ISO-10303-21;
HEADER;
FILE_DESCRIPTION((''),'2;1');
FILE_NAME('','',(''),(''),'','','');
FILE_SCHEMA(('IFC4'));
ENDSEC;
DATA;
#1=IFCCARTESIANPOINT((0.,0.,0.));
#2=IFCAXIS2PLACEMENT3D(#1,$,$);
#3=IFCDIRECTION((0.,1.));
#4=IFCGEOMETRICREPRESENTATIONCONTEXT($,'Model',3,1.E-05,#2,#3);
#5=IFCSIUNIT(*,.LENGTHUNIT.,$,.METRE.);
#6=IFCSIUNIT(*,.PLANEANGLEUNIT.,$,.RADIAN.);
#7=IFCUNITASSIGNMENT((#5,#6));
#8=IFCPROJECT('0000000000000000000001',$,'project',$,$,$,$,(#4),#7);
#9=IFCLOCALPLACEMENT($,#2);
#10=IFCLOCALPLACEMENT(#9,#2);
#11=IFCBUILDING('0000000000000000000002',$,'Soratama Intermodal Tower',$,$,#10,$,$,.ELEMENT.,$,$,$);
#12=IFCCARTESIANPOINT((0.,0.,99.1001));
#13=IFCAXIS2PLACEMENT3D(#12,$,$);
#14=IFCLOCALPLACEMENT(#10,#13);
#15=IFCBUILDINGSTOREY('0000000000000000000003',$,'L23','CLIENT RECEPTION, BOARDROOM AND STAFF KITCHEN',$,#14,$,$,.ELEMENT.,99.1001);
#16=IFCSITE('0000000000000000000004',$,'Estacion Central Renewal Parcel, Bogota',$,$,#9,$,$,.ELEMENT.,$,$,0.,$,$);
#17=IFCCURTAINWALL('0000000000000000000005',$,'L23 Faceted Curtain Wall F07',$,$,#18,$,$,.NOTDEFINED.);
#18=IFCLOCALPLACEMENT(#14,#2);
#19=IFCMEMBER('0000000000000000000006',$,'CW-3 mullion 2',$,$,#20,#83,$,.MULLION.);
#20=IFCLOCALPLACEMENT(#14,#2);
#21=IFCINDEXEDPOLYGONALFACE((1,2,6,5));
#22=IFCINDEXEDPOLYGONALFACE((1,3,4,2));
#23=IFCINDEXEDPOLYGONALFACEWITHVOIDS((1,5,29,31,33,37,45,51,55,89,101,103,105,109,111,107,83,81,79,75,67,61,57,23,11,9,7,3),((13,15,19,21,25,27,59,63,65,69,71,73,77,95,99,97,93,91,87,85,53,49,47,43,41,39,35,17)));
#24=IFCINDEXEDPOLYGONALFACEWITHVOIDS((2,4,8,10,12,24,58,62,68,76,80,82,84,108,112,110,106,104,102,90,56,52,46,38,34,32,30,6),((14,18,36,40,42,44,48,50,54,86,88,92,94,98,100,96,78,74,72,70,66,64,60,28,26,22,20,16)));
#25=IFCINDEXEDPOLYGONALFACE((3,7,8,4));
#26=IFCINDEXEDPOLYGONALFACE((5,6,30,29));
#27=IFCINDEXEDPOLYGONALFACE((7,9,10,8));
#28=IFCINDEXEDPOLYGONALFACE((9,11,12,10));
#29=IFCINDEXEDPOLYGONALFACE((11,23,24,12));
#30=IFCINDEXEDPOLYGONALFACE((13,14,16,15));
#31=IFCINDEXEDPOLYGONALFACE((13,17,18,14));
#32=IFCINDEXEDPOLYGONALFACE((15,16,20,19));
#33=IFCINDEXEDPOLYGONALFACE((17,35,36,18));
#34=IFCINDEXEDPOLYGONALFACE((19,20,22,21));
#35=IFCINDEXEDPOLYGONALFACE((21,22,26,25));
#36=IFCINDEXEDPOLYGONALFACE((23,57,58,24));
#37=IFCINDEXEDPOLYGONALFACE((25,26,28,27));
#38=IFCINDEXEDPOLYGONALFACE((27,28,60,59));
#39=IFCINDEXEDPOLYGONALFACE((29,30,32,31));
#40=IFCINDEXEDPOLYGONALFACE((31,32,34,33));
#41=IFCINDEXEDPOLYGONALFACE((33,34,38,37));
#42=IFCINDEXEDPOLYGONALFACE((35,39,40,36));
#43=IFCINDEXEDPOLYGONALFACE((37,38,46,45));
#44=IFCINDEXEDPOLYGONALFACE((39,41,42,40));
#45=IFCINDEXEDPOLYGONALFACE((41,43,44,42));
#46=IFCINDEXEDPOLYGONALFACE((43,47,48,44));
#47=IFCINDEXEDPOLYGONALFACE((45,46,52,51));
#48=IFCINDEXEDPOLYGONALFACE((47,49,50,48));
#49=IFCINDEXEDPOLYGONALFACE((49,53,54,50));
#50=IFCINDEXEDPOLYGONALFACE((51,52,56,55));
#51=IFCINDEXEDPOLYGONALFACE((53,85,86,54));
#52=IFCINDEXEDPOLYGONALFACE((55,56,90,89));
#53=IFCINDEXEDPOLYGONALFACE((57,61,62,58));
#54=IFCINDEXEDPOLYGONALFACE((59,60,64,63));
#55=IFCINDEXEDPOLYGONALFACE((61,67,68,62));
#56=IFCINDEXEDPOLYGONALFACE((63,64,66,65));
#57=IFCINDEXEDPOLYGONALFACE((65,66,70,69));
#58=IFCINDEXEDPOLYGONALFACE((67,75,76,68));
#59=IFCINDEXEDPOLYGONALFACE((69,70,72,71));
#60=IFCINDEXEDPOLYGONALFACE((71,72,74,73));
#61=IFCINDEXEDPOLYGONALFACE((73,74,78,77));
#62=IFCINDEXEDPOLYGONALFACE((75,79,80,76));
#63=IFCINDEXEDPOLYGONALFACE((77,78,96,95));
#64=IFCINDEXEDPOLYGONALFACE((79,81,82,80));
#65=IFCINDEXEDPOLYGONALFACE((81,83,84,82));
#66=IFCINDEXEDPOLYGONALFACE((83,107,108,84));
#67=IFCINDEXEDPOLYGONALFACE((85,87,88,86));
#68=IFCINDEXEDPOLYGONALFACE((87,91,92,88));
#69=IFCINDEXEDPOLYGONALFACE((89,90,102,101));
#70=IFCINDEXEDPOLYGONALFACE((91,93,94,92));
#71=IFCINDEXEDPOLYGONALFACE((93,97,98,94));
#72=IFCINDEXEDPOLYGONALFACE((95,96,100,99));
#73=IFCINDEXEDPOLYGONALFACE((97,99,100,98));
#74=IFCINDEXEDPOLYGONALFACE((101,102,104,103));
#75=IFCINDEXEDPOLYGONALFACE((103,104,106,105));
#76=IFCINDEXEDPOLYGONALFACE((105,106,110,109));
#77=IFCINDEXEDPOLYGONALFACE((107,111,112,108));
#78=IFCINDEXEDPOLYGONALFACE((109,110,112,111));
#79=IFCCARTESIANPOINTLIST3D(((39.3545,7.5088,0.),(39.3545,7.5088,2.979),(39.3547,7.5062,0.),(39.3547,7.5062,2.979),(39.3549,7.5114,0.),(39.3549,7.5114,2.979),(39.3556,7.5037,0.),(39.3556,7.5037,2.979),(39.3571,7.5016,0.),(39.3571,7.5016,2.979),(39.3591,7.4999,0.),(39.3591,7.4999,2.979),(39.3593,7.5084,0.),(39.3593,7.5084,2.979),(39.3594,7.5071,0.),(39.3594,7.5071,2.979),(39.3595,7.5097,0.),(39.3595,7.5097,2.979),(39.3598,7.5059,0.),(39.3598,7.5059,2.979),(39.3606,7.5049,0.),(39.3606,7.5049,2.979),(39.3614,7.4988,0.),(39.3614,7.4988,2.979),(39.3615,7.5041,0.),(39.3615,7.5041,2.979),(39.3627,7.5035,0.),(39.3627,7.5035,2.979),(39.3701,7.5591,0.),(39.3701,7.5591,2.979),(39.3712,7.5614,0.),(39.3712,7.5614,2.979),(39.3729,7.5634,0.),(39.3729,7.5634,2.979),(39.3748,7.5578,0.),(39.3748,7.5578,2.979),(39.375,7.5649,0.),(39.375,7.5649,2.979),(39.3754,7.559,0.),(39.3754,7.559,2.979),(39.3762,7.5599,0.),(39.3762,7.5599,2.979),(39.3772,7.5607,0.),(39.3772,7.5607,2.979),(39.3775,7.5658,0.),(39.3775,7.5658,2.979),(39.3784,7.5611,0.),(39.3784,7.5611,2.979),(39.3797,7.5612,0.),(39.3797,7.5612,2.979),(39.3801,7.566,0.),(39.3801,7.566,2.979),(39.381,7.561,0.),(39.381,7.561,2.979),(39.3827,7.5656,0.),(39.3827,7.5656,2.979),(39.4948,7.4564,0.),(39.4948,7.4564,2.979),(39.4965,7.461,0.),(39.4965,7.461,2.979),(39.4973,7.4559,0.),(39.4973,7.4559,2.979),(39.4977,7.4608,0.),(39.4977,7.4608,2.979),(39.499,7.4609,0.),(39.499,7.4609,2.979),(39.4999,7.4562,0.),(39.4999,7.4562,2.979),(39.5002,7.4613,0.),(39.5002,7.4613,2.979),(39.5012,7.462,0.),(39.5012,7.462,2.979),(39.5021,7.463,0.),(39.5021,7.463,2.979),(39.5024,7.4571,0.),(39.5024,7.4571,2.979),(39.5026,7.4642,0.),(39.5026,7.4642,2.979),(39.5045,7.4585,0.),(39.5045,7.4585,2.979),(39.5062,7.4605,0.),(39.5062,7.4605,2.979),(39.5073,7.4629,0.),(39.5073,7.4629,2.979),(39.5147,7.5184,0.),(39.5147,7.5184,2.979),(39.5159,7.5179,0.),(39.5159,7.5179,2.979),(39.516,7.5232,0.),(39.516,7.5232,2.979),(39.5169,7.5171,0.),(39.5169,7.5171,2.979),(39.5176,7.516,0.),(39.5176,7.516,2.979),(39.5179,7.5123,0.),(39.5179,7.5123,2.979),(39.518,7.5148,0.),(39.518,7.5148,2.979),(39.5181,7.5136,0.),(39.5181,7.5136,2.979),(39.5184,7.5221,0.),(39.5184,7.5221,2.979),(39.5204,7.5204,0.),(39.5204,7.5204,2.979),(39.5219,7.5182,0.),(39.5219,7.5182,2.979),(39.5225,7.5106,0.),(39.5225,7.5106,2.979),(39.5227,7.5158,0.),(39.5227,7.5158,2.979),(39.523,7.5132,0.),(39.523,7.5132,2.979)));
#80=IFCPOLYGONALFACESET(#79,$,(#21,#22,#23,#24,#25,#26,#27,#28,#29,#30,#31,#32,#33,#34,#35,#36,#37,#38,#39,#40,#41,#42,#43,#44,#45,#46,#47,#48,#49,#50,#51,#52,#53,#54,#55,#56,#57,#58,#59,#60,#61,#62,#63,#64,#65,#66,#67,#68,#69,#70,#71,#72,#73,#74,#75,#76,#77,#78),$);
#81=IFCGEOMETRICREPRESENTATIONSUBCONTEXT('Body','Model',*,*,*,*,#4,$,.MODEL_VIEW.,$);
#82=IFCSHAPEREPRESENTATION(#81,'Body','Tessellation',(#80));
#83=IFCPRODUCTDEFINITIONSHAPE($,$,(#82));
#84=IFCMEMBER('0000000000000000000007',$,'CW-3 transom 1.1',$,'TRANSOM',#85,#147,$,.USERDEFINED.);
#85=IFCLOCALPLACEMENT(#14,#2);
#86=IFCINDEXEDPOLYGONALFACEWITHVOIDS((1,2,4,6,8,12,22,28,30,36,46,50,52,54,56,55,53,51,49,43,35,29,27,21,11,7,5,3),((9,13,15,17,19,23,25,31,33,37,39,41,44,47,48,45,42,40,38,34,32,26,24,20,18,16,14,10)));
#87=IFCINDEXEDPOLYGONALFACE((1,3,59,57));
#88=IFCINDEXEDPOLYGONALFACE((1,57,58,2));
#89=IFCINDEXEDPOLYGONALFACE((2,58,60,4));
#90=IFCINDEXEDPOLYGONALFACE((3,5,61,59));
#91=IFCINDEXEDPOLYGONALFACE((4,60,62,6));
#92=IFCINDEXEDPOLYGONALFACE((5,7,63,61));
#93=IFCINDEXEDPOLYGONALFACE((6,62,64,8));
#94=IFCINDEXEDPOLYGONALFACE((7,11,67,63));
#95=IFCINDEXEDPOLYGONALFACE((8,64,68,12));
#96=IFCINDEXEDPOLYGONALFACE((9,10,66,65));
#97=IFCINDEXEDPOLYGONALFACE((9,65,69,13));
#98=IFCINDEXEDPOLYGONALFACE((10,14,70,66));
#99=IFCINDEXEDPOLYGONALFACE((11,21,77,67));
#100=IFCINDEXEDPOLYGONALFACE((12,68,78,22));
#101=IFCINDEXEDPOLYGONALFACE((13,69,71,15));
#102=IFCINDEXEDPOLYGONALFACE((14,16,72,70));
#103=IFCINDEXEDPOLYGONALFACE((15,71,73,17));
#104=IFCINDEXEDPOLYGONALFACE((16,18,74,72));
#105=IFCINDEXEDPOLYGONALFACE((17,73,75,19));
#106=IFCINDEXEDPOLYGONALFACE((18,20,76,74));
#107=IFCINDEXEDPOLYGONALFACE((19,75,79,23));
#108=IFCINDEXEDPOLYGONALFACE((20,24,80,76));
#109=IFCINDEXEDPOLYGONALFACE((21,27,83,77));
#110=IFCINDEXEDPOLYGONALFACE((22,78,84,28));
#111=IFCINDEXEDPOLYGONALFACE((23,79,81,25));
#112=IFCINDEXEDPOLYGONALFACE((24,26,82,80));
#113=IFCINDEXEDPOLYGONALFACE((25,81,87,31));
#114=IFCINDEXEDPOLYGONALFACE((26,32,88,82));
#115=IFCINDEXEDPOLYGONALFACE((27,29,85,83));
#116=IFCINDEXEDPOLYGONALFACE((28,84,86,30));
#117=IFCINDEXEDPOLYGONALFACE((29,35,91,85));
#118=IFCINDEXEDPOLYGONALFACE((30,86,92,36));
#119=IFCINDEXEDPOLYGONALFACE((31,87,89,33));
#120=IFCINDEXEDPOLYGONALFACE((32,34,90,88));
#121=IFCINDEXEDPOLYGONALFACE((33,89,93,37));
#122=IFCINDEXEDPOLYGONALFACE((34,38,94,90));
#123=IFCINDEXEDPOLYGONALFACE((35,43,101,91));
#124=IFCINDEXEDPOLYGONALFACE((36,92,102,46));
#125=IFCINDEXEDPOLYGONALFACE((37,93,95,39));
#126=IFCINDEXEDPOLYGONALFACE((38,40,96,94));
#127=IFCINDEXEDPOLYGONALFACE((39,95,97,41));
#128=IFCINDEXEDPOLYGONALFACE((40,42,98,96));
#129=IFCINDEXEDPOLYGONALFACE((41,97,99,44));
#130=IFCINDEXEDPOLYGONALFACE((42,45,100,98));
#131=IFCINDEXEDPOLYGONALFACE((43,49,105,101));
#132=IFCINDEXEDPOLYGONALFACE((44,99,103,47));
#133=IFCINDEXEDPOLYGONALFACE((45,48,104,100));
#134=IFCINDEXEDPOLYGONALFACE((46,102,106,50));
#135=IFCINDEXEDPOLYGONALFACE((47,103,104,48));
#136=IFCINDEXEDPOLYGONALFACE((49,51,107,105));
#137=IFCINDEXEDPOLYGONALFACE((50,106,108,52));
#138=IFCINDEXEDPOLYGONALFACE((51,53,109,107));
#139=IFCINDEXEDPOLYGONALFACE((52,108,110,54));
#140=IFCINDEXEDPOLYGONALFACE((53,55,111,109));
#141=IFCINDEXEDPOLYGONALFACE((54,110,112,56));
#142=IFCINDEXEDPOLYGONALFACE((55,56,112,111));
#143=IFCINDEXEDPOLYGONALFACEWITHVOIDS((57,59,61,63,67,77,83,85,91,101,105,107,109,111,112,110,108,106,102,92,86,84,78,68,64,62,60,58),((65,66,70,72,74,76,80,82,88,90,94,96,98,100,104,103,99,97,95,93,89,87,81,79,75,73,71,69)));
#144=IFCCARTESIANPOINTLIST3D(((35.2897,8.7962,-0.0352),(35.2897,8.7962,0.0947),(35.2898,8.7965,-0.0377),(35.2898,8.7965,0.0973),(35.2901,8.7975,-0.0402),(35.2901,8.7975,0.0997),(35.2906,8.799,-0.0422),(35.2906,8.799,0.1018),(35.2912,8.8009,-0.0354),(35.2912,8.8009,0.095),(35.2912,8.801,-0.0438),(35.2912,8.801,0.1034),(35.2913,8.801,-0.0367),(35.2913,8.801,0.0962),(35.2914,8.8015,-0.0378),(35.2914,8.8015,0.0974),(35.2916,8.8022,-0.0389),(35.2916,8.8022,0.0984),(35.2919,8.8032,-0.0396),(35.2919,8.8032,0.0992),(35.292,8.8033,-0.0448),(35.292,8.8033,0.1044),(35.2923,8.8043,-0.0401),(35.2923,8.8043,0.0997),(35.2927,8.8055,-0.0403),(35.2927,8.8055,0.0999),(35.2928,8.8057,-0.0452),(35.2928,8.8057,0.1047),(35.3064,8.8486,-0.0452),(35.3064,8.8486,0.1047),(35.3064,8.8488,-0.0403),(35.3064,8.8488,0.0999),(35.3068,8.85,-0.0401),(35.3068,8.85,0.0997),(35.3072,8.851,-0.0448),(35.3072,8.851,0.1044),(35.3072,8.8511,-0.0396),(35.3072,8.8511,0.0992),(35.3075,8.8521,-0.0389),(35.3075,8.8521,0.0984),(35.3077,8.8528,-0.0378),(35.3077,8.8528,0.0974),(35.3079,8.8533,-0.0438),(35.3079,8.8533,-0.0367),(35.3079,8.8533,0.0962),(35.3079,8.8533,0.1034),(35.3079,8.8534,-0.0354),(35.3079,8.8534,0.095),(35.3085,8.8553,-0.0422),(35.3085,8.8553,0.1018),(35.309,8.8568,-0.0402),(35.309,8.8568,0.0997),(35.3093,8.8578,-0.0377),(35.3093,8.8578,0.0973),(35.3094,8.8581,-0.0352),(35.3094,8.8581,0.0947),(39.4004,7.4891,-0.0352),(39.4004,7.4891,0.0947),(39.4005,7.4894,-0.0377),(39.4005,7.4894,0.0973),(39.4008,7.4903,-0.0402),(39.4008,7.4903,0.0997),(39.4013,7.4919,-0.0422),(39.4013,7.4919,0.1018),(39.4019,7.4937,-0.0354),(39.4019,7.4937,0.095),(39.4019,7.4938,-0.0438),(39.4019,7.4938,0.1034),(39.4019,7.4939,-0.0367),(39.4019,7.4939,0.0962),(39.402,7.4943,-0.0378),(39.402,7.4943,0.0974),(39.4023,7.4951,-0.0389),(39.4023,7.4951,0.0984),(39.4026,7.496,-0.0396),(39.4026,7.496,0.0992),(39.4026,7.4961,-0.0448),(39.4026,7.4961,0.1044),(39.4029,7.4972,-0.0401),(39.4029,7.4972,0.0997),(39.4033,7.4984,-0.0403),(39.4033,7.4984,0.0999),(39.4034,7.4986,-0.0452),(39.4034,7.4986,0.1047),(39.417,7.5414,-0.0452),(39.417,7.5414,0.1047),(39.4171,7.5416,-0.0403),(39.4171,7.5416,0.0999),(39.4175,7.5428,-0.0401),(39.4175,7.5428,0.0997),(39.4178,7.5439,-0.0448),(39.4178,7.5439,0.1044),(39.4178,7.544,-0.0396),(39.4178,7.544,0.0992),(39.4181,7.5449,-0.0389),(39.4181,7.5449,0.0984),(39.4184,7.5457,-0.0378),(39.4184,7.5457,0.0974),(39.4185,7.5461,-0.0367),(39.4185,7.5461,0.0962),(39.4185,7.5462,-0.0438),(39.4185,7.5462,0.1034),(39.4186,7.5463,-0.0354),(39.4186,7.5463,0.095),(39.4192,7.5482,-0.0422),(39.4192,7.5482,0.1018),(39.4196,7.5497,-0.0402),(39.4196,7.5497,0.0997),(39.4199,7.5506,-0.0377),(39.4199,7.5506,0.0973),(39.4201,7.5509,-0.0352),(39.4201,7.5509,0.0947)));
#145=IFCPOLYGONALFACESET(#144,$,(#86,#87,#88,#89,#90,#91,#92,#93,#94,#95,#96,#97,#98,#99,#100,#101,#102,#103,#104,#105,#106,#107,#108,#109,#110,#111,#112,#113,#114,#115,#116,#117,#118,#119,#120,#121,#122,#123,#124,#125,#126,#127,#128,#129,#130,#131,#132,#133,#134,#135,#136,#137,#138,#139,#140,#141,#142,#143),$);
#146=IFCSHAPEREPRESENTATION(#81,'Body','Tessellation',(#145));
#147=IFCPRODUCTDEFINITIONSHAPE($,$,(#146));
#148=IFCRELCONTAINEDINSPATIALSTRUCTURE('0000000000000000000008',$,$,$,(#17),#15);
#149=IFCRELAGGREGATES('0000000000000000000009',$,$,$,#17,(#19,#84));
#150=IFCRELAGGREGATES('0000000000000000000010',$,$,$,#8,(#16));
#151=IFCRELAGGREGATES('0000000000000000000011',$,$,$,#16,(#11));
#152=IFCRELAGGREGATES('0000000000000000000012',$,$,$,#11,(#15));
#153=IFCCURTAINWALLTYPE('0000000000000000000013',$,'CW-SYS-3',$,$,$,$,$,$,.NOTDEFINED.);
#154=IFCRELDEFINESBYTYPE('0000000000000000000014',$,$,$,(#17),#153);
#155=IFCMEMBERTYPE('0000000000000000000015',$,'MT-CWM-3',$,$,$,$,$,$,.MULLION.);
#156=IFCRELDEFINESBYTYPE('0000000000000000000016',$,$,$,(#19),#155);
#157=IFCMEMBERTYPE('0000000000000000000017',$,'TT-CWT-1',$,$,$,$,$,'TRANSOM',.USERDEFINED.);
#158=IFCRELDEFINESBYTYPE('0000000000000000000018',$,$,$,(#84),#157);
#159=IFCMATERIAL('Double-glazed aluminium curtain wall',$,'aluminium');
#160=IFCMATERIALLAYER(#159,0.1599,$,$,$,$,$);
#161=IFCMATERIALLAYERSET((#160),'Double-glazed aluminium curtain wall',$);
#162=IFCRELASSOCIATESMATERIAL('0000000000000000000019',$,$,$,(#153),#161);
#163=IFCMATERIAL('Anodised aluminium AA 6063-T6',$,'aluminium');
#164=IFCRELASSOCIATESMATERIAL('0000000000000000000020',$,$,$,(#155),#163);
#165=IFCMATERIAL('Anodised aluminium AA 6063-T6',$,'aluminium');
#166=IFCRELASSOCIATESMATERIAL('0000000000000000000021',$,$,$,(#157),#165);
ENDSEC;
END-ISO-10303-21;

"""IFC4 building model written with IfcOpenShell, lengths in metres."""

from ifc_helpers import new_model, si_unit, direction, frame, origin, origin_2d, place, context, subcontext, project, spatial, hollow_rectangle, extrude, material, layer, layer_set, material_profile, profile_set, type_object, element, aggregate, save


model = new_model("IFC4")

# Units and contexts
model_context = context("Model", 3, precision=1e-05, world=origin(), true_north=direction((0.0, 1.0)))
body_context = subcontext(model_context, "Body", "Model", "MODEL_VIEW")
ifc_project = project(units=[si_unit("LENGTHUNIT", "METRE"), si_unit("PLANEANGLEUNIT", "RADIAN")], contexts=[model_context])

# Site, building, storey
site_placement = place(None, origin())
site = spatial("IfcSite", under=ifc_project, at=site_placement, Name="Estacion Central Renewal Parcel, Bogota", CompositionType="ELEMENT", RefElevation=0.0)
building_placement = place(site_placement, origin())
building = spatial("IfcBuilding", under=site, at=building_placement, Name="Soratama Intermodal Tower", CompositionType="ELEMENT")
storey_placement = place(building_placement, frame((0.0, 0.0, 99.1001)))
storey = spatial("IfcBuildingStorey", under=building, at=storey_placement, Name="L23", Description="CLIENT RECEPTION, BOARDROOM AND STAFF KITCHEN", CompositionType="ELEMENT", Elevation=99.1001)

# Curtain wall, members
ifc_material_1 = material(Name="Double-glazed aluminium curtain wall", Category="aluminium")
ifc_layer_1 = layer(ifc_material_1, 0.1599)
ifc_layer_set_1 = layer_set([ifc_layer_1], Name="Double-glazed aluminium curtain wall")
curtain_wall_type = type_object("IfcCurtainWallType", Name="CW-SYS-3", PredefinedType="NOTDEFINED", material=ifc_layer_set_1)
curtain_wall_placement = place(storey_placement, origin())
curtain_wall = element("IfcCurtainWall", 1, at=curtain_wall_placement, inside=storey, type_object=curtain_wall_type, Name="L23 Faceted Curtain Wall F07", PredefinedType="NOTDEFINED")
ifc_material_2 = material(Name="Anodised aluminium AA 6063-T6", Category="aluminium")
ifc_material_profile_1 = material_profile(ifc_material_2, hollow_rectangle(XDim=0.0701, YDim=0.1599, WallThickness=0.0049, InnerFilletRadius=0.0049, OuterFilletRadius=0.01, at=origin_2d()), Name="CWM160X70X5")
ifc_profile_set_1 = profile_set([ifc_material_profile_1], Name="Anodised aluminium AA 6063-T6")
member_type_1 = type_object("IfcMemberType", Name="MT-CWM-3", PredefinedType="MULLION", material=ifc_profile_set_1)
member_1_placement = place(storey_placement, frame((39.4387, 7.511, 0.0), z_axis=(0.0, 0.0, 1.0), x_axis=(0.303034, 0.95298, 0.0)))
member_1 = element("IfcMember", 2, at=member_1_placement, type_object=member_type_1, Name="CW-3 mullion 2", PredefinedType="MULLION", context=body_context, shape_type="SweptSolid", body=[
    extrude(hollow_rectangle(XDim=0.0701, YDim=0.1599, WallThickness=0.0049, InnerFilletRadius=0.0049, OuterFilletRadius=0.01, at=origin_2d()), origin(), (0.0, 0.0, 1.0), 2.979),
])
ifc_material_3 = material(Name="Anodised aluminium AA 6063-T6", Category="aluminium")
ifc_material_profile_2 = material_profile(ifc_material_3, hollow_rectangle(XDim=0.0649, YDim=0.1499, WallThickness=0.0049, InnerFilletRadius=0.0049, OuterFilletRadius=0.01, at=origin_2d()), Name="CWT150X65X5")
ifc_profile_set_2 = profile_set([ifc_material_profile_2], Name="Anodised aluminium AA 6063-T6")
member_type_2 = type_object("IfcMemberType", Name="TT-CWT-1", ElementType="TRANSOM", PredefinedType="USERDEFINED", material=ifc_profile_set_2)
member_2_placement = place(storey_placement, frame((35.2996, 8.8271, 0.0298), z_axis=(0.952979, -0.303038, 0.0), x_axis=(0.303038, 0.952979, 0.0)))
member_2 = element("IfcMember", 3, at=member_2_placement, type_object=member_type_2, Name="CW-3 transom 1.1", ObjectType="TRANSOM", PredefinedType="USERDEFINED", context=body_context, shape_type="SweptSolid", body=[
    extrude(hollow_rectangle(XDim=0.0649, YDim=0.1499, WallThickness=0.0049, InnerFilletRadius=0.0049, OuterFilletRadius=0.01, at=origin_2d()), origin(), (0.0, 0.0, 1.0), 4.3135),
])
aggregate(curtain_wall, [member_1, member_2])

save(model, "model.ifc")
